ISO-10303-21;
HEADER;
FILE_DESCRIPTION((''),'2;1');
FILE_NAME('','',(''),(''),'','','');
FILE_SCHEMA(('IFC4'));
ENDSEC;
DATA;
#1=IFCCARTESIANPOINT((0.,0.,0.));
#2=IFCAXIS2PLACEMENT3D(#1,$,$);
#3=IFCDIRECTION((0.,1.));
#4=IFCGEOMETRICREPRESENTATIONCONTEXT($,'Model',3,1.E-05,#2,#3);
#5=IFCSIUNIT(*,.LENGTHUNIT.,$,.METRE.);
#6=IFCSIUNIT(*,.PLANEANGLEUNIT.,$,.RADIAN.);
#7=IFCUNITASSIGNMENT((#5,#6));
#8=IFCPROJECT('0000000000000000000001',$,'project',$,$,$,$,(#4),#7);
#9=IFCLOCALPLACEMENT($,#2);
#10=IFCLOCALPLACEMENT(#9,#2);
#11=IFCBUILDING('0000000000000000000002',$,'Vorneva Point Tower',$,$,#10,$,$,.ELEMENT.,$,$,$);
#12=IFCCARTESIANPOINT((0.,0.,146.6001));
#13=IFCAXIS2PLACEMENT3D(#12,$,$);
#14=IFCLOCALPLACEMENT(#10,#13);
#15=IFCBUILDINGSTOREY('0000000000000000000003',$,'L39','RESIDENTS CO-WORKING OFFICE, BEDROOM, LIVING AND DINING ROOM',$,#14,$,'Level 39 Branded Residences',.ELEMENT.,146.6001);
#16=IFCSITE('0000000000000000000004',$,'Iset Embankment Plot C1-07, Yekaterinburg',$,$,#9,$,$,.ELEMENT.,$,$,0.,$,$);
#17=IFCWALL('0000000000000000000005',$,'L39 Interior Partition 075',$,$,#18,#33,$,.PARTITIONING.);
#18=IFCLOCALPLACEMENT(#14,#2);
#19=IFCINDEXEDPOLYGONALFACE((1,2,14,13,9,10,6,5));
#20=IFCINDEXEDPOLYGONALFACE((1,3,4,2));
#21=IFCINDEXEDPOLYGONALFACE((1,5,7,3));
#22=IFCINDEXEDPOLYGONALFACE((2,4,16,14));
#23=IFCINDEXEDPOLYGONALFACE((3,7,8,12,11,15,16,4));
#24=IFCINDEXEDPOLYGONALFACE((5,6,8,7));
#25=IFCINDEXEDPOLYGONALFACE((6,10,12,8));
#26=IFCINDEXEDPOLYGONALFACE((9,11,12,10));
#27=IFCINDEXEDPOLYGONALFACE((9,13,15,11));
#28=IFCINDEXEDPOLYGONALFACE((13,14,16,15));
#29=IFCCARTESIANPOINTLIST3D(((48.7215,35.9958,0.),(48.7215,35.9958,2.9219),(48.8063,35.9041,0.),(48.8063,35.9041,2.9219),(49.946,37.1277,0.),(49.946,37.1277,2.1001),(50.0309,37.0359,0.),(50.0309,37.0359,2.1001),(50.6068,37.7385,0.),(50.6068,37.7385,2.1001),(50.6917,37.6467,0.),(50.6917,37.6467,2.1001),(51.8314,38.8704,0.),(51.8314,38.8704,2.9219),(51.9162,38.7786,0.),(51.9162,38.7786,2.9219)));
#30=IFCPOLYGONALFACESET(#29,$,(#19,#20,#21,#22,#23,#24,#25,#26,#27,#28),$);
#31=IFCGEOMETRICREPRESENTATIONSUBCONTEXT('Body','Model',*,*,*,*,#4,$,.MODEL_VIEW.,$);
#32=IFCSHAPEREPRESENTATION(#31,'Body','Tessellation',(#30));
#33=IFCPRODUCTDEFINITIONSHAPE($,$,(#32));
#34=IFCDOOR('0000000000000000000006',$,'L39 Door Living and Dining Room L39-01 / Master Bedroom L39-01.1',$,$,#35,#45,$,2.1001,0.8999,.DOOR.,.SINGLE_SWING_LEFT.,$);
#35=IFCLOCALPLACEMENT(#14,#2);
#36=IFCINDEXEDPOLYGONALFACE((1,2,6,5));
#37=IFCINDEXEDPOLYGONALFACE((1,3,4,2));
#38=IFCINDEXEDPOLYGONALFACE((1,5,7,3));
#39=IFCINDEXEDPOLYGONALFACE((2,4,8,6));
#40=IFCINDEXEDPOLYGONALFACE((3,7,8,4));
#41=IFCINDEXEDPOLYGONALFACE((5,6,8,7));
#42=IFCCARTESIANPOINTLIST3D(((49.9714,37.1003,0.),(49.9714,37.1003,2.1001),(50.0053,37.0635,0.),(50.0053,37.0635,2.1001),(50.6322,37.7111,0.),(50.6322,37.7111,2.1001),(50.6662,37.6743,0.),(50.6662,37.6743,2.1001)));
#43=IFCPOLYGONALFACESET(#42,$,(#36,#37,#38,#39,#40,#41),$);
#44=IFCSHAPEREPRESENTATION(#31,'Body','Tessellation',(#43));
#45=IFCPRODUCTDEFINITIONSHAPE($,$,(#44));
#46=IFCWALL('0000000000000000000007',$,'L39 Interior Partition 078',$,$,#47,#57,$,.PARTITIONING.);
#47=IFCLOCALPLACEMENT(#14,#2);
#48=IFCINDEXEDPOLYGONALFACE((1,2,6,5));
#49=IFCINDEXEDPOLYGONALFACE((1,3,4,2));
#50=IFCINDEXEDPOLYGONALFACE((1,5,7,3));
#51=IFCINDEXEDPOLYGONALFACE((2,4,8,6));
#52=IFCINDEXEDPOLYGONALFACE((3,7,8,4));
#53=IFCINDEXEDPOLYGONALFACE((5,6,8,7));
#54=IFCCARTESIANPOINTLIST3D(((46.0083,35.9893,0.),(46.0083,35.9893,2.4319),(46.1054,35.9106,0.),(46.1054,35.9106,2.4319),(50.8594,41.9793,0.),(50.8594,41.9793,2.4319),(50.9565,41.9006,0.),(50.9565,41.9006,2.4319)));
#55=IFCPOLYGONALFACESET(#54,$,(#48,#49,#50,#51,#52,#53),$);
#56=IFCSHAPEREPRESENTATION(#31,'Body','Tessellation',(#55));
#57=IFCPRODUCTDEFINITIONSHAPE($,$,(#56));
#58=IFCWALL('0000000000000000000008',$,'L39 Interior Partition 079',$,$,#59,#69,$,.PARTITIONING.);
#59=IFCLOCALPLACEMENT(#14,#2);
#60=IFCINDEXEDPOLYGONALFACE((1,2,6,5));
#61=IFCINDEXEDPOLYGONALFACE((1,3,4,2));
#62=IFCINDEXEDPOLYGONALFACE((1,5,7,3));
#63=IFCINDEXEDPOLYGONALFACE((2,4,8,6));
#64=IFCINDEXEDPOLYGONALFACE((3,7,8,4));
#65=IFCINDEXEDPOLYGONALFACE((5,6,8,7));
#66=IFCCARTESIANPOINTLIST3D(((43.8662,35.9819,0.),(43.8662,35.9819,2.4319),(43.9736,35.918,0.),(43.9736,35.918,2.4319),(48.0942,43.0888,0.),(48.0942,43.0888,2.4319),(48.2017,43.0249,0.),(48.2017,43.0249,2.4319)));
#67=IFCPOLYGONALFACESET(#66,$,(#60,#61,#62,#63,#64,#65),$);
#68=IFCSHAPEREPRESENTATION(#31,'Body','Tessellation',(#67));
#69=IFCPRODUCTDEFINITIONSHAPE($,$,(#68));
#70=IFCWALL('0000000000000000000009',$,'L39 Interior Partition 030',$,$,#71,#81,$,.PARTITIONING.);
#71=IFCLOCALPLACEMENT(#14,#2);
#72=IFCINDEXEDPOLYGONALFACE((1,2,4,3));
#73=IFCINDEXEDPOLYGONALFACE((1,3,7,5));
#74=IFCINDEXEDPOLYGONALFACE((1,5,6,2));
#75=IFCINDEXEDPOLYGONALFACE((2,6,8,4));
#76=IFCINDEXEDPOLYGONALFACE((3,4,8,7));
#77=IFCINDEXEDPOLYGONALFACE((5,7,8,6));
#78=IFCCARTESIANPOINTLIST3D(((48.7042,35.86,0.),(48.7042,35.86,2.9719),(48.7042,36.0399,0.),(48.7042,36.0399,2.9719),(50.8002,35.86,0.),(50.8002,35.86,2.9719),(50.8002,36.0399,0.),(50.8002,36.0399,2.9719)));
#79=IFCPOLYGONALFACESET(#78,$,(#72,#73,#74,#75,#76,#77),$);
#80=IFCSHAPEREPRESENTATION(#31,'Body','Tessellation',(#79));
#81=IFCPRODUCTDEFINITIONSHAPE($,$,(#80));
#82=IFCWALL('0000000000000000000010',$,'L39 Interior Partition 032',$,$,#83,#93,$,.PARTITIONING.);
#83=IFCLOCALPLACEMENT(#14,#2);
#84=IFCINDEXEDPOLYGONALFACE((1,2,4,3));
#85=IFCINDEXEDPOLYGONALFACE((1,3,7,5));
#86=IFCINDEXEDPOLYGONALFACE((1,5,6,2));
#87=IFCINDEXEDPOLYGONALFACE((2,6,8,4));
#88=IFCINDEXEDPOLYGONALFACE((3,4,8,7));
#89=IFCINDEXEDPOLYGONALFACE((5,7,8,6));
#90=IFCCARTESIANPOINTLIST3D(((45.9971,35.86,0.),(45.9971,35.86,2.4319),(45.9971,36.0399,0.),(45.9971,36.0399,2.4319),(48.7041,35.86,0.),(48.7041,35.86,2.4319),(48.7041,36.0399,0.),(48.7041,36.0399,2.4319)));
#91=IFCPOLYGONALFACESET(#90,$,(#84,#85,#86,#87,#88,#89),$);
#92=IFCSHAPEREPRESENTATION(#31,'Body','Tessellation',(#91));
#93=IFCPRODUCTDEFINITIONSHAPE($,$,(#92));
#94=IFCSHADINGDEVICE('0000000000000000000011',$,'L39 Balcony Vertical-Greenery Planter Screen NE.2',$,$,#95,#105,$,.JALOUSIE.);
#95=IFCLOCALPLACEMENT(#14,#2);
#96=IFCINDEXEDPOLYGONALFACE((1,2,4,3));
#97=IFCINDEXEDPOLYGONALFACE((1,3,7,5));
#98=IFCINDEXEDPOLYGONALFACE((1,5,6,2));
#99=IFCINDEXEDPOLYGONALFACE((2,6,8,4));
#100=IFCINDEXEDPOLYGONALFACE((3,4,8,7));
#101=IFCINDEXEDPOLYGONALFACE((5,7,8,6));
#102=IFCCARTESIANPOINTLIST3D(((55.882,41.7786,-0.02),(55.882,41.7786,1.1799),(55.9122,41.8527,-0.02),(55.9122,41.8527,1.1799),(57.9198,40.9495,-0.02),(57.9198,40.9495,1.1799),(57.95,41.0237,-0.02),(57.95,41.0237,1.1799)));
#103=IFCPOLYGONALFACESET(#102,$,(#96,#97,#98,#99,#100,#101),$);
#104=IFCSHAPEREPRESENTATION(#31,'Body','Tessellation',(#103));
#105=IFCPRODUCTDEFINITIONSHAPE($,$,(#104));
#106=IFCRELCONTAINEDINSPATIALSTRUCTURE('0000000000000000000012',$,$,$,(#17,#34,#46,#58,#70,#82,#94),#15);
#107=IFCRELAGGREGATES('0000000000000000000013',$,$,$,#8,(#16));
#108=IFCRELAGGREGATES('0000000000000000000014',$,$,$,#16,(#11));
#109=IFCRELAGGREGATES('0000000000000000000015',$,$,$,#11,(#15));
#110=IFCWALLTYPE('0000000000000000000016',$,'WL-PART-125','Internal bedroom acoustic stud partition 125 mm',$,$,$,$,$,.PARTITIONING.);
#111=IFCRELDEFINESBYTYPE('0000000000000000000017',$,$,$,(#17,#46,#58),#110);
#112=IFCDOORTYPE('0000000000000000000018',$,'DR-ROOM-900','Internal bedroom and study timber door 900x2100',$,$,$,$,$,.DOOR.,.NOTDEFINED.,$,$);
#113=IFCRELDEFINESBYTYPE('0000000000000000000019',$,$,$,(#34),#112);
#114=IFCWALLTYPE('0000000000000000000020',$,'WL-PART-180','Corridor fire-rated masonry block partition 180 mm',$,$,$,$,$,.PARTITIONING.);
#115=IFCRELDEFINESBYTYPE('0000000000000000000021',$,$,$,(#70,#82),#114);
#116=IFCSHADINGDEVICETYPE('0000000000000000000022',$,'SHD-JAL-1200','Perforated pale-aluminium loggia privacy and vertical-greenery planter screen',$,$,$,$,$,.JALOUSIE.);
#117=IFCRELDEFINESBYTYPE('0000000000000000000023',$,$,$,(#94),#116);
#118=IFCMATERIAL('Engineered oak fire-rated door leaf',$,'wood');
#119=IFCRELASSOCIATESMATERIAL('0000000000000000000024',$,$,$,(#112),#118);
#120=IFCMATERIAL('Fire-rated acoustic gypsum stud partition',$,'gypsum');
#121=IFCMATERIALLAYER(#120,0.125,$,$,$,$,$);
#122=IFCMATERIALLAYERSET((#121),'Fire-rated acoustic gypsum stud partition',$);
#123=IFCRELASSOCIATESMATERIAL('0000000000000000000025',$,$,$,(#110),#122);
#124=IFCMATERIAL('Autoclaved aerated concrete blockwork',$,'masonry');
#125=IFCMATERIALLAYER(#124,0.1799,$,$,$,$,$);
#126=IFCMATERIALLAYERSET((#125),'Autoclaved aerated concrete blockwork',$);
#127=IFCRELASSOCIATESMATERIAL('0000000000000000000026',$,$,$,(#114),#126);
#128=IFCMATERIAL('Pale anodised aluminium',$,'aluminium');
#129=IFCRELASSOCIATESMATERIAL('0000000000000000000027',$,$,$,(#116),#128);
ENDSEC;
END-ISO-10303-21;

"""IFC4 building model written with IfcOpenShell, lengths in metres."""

from ifc_helpers import new_model, si_unit, direction, frame, frame_2d, origin, origin_2d, place, context, subcontext, project, spatial, rectangle, extrude, material, layer, layer_set, type_object, element, fill, save


model = new_model("IFC4")

# Units and contexts
model_context = context("Model", 3, precision=1e-05, world=origin(), true_north=direction((0.0, 1.0)))
body_context = subcontext(model_context, "Body", "Model", "MODEL_VIEW")
ifc_project = project(units=[si_unit("LENGTHUNIT", "METRE"), si_unit("PLANEANGLEUNIT", "RADIAN")], contexts=[model_context])

# Site, building, storey
site_placement = place(None, origin())
site = spatial("IfcSite", under=ifc_project, at=site_placement, Name="Iset Embankment Plot C1-07, Yekaterinburg", CompositionType="ELEMENT", RefElevation=0.0)
building_placement = place(site_placement, origin())
building = spatial("IfcBuilding", under=site, at=building_placement, Name="Vorneva Point Tower", CompositionType="ELEMENT")
storey_placement = place(building_placement, frame((0.0, 0.0, 146.6001)))
storey = spatial("IfcBuildingStorey", under=building, at=storey_placement, Name="L39", Description="RESIDENTS CO-WORKING OFFICE, BEDROOM, LIVING AND DINING ROOM", LongName="Level 39 Branded Residences", CompositionType="ELEMENT", Elevation=146.6001)

# Shared definitions
ifc_material_1 = material(Name="Pale anodised aluminium", Category="aluminium")

# Shared definitions
ifc_material_2 = material(Name="Fire-rated acoustic gypsum stud partition", Category="gypsum")

# Wall, opening, door
ifc_material_3 = material(Name="Engineered oak fire-rated door leaf", Category="wood")
door_type = type_object("IfcDoorType", Name="DR-ROOM-900", Description="Internal bedroom and study timber door 900x2100", OperationType="NOTDEFINED", PredefinedType="DOOR", material=ifc_material_3)
ifc_layer_1 = layer(ifc_material_2, 0.125)
ifc_layer_set_1 = layer_set([ifc_layer_1], Name="Fire-rated acoustic gypsum stud partition")
wall_type_1 = type_object("IfcWallType", Name="WL-PART-125", Description="Internal bedroom acoustic stud partition 125 mm", PredefinedType="PARTITIONING", material=ifc_layer_set_1)
wall_1_placement = place(storey_placement, frame((51.8738, 38.8245, 0.0), z_axis=(0.0, 0.0, 1.0), x_axis=(-0.734348, -0.678773, 0.0)))
wall_1 = element("IfcWall", 1, at=wall_1_placement, inside=storey, type_object=wall_type_1, Name="L39 Interior Partition 075", PredefinedType="PARTITIONING", context=body_context, shape_type="SweptSolid", body=[
    extrude(rectangle(XDim=4.2349, YDim=0.125, at=frame_2d((2.1174, 0.0))), origin(), (0.0, 0.0, 1.0), 2.9219),
])
opening_1_placement = place(wall_1_placement, frame((1.6675, 0.0, 0.0)))
opening_1 = element("IfcOpeningElement", 2, at=opening_1_placement, cuts=wall_1, PredefinedType="OPENING", context=body_context, shape_type="SweptSolid", body=[
    extrude(rectangle(XDim=0.8999, YDim=2.1001, at=frame_2d((0.45, 1.05))), frame((0.0, 0.0774, 0.0), z_axis=(0.0, -1.0, 0.0), x_axis=(1.0, 0.0, 0.0)), (0.0, 0.0, 1.0), 0.1548),
])
door_1_placement = place(opening_1_placement, origin())
door_1 = element("IfcDoor", 3, at=door_1_placement, inside=storey, type_object=door_type, Name="L39 Door Living and Dining Room L39-01 / Master Bedroom L39-01.1", OperationType="SINGLE_SWING_LEFT", OverallHeight=2.1001, OverallWidth=0.8999, PredefinedType="DOOR", context=body_context, shape_type="SweptSolid", body=[
    extrude(rectangle(XDim=0.8999, YDim=2.1001, at=frame_2d((0.45, 1.05))), frame((0.0, 0.0249, 0.0), z_axis=(0.0, -1.0, 0.0), x_axis=(1.0, 0.0, 0.0)), (0.0, 0.0, 1.0), 0.05),
])
fill(opening_1, door_1)

# Walls
wall_2_placement = place(storey_placement, frame((50.908, 41.9399, 0.0), z_axis=(0.0, 0.0, 1.0), x_axis=(-0.629358, -0.777116, 0.0)))
element("IfcWall", 4, at=wall_2_placement, inside=storey, type_object=wall_type_1, Name="L39 Interior Partition 078", PredefinedType="PARTITIONING", context=body_context, shape_type="SweptSolid", body=[
    extrude(rectangle(XDim=7.708, YDim=0.125, at=frame_2d((3.854, 0.0))), origin(), (0.0, 0.0, 1.0), 2.4319),
])
wall_3_placement = place(storey_placement, frame((48.1479, 43.0569, 0.0), z_axis=(0.0, 0.0, 1.0), x_axis=(-0.511279, -0.859415, 0.0)))
element("IfcWall", 5, at=wall_3_placement, inside=storey, type_object=wall_type_1, Name="L39 Interior Partition 079", PredefinedType="PARTITIONING", context=body_context, shape_type="SweptSolid", body=[
    extrude(rectangle(XDim=8.2695, YDim=0.125, at=frame_2d((4.1348, 0.0))), origin(), (0.0, 0.0, 1.0), 2.4319),
])
ifc_material_4 = material(Name="Autoclaved aerated concrete blockwork", Category="masonry")
ifc_layer_2 = layer(ifc_material_4, 0.1799)
ifc_layer_set_2 = layer_set([ifc_layer_2], Name="Autoclaved aerated concrete blockwork")
wall_type_2 = type_object("IfcWallType", Name="WL-PART-180", Description="Corridor fire-rated masonry block partition 180 mm", PredefinedType="PARTITIONING", material=ifc_layer_set_2)
wall_4_placement = place(storey_placement, frame((50.8, 35.95, 0.0), z_axis=(0.0, 0.0, 1.0), x_axis=(-1.0, 0.0, 0.0)))
element("IfcWall", 6, at=wall_4_placement, inside=storey, type_object=wall_type_2, Name="L39 Interior Partition 030", PredefinedType="PARTITIONING", context=body_context, shape_type="SweptSolid", body=[
    extrude(rectangle(XDim=2.0959, YDim=0.1799, at=frame_2d((1.0479, 0.0))), origin(), (0.0, 0.0, 1.0), 2.9719),
])
wall_5_placement = place(storey_placement, frame((48.7041, 35.95, 0.0), z_axis=(0.0, 0.0, 1.0), x_axis=(-1.0, 0.0, 0.0)))
element("IfcWall", 7, at=wall_5_placement, inside=storey, type_object=wall_type_2, Name="L39 Interior Partition 032", PredefinedType="PARTITIONING", context=body_context, shape_type="SweptSolid", body=[
    extrude(rectangle(XDim=2.707, YDim=0.1799, at=frame_2d((1.3535, 0.0))), origin(), (0.0, 0.0, 1.0), 2.4319),
])

# Shading device
shading_device_type = type_object("IfcShadingDeviceType", Name="SHD-JAL-1200", Description="Perforated pale-aluminium loggia privacy and vertical-greenery planter screen", PredefinedType="JALOUSIE", material=ifc_material_1)
shading_device_placement = place(storey_placement, frame((56.916, 41.4011, -0.02), z_axis=(0.0, 0.0, 1.0), x_axis=(-0.926272, 0.376855, 0.0)))
element("IfcShadingDevice", 8, at=shading_device_placement, inside=storey, type_object=shading_device_type, Name="L39 Balcony Vertical-Greenery Planter Screen NE.2", PredefinedType="JALOUSIE", context=body_context, shape_type="SweptSolid", body=[
    extrude(rectangle(XDim=2.2, YDim=0.0801, at=origin_2d()), origin(), (0.0, 0.0, 1.0), 1.2),
])

save(model, "model.ifc")
